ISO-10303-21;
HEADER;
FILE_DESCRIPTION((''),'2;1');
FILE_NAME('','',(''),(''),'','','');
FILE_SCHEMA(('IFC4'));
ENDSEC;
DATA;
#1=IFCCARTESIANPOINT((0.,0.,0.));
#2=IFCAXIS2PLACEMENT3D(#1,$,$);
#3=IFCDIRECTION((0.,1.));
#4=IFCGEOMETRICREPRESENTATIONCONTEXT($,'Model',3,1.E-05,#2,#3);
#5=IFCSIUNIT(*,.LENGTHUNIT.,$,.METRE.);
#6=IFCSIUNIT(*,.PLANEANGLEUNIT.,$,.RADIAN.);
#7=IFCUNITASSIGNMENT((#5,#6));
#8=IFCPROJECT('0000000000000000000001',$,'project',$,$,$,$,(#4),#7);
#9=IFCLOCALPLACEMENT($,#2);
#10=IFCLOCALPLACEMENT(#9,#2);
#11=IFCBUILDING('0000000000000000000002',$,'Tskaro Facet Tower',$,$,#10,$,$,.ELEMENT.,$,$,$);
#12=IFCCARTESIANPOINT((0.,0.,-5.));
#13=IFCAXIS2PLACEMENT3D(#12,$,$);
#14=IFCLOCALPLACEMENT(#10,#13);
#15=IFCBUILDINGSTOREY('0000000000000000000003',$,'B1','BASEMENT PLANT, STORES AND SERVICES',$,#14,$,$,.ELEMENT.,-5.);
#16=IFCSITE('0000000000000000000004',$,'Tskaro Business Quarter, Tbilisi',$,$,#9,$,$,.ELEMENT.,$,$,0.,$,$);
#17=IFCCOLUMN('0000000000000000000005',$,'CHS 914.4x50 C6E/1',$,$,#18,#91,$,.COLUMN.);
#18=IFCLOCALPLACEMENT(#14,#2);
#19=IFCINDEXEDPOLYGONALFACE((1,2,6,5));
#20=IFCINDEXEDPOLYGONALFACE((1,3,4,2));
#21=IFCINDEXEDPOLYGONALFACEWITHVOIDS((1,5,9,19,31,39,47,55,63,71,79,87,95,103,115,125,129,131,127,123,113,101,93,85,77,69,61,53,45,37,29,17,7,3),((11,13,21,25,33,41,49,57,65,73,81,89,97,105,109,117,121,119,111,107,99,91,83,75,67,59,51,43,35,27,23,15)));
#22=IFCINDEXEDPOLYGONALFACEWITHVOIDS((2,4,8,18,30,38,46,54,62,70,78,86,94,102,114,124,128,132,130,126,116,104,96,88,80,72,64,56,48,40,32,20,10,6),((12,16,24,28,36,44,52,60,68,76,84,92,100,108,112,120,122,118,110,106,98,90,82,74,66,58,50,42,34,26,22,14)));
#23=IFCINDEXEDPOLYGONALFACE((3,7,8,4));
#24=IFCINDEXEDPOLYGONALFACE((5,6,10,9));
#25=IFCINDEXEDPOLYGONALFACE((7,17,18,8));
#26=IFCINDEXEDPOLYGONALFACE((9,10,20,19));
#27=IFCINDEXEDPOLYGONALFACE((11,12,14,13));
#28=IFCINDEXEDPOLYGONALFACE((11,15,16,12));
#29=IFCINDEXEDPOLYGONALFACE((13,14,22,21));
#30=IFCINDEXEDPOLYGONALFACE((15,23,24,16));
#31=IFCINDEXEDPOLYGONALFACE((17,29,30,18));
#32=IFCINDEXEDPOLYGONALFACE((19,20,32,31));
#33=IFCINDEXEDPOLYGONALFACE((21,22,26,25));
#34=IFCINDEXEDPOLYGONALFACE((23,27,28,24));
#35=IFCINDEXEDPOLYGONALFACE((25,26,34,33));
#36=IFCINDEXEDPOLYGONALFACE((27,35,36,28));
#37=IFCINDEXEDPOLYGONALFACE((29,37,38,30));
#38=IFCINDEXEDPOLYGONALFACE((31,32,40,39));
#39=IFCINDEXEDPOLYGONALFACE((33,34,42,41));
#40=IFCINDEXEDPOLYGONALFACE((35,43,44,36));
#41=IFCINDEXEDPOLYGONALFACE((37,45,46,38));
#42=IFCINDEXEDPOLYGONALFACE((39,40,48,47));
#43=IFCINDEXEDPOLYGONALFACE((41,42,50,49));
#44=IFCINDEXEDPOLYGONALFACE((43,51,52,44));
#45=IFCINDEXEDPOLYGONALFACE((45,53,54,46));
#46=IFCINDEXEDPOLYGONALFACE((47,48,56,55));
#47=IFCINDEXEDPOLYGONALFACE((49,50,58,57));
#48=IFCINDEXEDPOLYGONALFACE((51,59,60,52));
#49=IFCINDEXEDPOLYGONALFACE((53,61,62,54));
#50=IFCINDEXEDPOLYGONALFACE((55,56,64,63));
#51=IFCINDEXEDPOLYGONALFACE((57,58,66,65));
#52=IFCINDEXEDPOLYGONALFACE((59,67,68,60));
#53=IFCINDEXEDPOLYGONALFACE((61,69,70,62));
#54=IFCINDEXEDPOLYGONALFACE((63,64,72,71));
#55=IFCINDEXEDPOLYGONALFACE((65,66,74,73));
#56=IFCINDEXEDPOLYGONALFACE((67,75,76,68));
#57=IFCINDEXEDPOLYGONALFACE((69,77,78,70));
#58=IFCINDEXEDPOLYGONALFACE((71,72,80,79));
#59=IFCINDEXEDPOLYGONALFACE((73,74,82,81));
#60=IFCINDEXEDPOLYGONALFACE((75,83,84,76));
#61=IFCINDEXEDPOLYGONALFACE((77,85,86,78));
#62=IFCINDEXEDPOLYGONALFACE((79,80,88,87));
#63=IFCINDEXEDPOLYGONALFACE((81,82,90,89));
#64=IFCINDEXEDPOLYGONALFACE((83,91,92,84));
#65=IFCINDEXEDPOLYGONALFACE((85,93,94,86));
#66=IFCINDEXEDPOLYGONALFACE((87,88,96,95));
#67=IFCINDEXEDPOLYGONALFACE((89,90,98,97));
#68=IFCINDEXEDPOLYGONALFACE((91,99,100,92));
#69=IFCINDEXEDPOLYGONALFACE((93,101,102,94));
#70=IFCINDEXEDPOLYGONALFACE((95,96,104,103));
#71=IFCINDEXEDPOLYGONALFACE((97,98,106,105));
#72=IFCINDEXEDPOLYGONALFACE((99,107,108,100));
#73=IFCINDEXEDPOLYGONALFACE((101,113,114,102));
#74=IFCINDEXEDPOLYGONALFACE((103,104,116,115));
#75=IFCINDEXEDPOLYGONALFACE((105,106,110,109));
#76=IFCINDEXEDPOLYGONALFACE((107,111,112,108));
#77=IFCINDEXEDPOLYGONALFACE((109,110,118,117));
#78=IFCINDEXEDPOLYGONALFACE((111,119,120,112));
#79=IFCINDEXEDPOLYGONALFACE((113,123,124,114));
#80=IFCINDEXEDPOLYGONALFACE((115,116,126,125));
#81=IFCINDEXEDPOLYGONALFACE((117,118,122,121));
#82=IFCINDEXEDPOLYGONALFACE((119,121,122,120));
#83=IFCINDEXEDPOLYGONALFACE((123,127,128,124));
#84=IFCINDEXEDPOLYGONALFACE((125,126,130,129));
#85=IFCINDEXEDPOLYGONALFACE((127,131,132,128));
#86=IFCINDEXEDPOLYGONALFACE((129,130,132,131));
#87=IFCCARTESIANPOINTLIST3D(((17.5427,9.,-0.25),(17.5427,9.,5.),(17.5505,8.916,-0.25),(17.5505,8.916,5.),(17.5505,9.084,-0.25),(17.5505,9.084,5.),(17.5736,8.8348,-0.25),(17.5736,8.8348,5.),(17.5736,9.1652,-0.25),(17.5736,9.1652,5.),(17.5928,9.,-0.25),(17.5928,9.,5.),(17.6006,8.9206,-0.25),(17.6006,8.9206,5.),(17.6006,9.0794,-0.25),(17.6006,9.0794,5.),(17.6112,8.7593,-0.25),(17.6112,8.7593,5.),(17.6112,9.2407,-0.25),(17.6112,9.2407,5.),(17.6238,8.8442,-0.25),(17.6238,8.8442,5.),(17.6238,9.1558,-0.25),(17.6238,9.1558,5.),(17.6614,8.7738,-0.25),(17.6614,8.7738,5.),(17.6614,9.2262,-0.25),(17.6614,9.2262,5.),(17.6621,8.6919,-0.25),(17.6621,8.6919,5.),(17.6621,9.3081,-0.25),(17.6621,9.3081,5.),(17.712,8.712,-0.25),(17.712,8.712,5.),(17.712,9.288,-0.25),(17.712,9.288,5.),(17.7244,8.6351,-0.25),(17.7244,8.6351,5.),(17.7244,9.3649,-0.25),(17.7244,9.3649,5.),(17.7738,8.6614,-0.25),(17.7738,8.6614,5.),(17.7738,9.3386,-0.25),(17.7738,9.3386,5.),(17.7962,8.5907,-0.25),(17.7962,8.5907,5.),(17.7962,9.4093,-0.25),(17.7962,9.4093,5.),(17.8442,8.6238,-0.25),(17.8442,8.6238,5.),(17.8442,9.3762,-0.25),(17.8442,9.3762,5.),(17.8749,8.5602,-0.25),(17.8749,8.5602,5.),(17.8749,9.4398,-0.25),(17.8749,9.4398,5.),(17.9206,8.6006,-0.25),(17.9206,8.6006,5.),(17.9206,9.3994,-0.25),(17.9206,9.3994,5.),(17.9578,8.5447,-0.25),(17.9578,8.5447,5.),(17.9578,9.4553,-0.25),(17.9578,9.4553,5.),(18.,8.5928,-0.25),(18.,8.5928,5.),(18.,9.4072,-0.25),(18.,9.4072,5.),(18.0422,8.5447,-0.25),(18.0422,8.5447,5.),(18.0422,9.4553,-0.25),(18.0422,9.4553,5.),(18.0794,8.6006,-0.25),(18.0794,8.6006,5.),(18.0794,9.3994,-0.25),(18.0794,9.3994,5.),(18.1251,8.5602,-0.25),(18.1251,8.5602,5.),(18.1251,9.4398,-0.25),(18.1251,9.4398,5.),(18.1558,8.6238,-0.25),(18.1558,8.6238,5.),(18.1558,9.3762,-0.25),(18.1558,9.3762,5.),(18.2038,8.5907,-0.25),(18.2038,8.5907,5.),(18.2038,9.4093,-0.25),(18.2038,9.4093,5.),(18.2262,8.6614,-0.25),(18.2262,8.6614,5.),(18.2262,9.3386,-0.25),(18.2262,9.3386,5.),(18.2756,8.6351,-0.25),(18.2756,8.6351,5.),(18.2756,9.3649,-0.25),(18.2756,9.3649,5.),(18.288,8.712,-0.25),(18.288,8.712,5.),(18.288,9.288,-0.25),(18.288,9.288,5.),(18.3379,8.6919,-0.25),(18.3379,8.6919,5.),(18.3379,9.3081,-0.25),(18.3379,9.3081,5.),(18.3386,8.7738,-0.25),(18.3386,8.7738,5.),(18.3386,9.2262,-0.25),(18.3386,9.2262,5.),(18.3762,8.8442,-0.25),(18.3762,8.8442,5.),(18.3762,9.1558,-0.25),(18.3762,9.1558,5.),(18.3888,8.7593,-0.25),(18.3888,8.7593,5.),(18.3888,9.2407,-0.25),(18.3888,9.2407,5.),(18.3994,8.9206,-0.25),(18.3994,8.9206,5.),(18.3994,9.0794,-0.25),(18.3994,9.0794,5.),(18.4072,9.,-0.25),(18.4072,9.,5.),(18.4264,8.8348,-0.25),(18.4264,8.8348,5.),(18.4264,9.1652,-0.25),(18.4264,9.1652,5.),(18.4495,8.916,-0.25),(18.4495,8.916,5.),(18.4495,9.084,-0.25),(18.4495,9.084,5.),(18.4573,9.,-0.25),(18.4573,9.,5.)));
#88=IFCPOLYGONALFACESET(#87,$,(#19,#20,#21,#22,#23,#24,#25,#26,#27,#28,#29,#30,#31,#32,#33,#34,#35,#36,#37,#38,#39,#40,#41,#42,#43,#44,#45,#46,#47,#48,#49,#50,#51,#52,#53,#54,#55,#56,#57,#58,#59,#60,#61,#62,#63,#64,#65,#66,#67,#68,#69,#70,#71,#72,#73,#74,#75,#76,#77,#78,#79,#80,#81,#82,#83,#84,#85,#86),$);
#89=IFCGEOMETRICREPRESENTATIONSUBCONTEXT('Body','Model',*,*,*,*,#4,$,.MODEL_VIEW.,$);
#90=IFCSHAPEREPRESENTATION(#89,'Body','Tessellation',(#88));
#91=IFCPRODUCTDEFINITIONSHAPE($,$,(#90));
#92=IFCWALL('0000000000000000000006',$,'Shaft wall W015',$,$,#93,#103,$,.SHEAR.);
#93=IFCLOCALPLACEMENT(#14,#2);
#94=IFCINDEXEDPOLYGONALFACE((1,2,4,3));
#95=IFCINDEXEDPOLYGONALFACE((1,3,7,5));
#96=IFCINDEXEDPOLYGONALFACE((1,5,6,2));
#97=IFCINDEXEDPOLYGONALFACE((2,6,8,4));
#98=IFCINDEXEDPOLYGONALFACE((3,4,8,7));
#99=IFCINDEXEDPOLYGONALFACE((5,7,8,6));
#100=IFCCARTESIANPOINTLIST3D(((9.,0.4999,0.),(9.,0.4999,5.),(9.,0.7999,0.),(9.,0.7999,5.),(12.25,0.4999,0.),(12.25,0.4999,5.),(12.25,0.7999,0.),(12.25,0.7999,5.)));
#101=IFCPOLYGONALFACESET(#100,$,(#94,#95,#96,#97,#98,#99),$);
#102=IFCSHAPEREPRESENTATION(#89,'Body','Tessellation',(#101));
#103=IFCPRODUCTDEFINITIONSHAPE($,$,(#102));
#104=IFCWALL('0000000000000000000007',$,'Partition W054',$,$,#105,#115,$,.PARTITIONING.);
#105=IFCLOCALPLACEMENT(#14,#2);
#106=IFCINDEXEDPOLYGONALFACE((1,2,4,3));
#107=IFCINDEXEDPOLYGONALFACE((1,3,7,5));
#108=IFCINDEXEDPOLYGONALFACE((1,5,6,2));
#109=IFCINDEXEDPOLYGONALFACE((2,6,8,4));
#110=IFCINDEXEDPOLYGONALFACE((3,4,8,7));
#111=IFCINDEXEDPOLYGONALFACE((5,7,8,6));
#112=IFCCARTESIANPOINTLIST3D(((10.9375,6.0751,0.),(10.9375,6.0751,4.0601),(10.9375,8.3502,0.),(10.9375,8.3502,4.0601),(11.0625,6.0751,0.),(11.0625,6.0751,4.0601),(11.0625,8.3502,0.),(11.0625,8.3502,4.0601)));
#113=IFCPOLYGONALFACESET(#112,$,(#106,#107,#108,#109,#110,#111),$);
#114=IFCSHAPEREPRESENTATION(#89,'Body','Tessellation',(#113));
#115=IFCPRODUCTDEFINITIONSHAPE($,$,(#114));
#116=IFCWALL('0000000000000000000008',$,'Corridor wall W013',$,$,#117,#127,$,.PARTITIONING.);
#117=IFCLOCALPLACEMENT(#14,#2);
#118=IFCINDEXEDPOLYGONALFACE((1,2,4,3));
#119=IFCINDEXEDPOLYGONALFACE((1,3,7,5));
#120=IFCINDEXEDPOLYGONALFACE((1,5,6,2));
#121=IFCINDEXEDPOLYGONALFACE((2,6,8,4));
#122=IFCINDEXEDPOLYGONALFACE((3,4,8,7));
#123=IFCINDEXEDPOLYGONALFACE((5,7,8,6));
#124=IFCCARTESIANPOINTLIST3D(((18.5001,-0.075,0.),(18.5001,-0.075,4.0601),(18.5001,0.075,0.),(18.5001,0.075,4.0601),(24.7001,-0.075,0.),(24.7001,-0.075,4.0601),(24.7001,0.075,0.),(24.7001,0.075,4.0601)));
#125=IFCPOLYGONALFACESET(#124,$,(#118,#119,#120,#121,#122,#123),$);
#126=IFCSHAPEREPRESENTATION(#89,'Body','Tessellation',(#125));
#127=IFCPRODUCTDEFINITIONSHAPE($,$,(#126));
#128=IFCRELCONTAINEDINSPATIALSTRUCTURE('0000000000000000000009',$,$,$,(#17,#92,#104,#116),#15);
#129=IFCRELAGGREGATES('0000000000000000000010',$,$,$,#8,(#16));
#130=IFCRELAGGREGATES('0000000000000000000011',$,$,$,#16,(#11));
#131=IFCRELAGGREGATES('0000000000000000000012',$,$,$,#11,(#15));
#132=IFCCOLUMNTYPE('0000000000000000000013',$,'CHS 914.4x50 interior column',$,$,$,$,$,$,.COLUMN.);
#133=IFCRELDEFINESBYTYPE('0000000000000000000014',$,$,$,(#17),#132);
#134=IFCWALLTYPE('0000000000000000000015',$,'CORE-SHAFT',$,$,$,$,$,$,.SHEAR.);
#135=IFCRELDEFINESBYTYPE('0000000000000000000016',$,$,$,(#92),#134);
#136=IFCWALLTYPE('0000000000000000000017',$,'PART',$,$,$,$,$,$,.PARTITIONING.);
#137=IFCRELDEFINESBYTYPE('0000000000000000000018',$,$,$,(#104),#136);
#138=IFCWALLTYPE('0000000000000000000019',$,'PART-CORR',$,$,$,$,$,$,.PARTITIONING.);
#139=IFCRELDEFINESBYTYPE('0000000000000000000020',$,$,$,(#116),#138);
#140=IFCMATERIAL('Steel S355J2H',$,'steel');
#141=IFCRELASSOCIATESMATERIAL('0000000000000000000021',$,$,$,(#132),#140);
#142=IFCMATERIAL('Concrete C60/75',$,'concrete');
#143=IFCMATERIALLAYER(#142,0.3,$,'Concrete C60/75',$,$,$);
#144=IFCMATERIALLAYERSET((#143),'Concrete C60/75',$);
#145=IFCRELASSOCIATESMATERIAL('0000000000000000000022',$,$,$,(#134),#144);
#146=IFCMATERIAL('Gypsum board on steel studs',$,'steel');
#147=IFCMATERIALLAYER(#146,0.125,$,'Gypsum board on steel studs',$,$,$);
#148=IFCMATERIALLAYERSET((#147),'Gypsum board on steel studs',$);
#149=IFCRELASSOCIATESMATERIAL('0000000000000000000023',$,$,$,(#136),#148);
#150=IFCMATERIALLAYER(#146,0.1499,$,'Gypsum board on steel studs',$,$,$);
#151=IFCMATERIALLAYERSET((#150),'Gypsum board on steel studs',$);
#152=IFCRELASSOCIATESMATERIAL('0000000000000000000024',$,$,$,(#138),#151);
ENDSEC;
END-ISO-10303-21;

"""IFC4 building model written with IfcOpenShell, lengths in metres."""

from ifc_helpers import new_model, si_unit, direction, frame, frame_2d, origin, origin_2d, place, context, subcontext, project, spatial, rectangle, hollow_circle, extrude, material, layer, layer_set, material_profile, profile_set, type_object, element, save


model = new_model("IFC4")

# Units and contexts
model_context = context("Model", 3, precision=1e-05, world=origin(), true_north=direction((0.0, 1.0)))
body_context = subcontext(model_context, "Body", "Model", "MODEL_VIEW")
ifc_project = project(units=[si_unit("LENGTHUNIT", "METRE"), si_unit("PLANEANGLEUNIT", "RADIAN")], contexts=[model_context])

# Site, building, storey
site_placement = place(None, origin())
site = spatial("IfcSite", under=ifc_project, at=site_placement, Name="Tskaro Business Quarter, Tbilisi", CompositionType="ELEMENT", RefElevation=0.0)
building_placement = place(site_placement, origin())
building = spatial("IfcBuilding", under=site, at=building_placement, Name="Tskaro Facet Tower", CompositionType="ELEMENT")
storey_placement = place(building_placement, frame((0.0, 0.0, -5.0)))
storey = spatial("IfcBuildingStorey", under=building, at=storey_placement, Name="B1", Description="BASEMENT PLANT, STORES AND SERVICES", CompositionType="ELEMENT", Elevation=-5.0)

# Column
ifc_material_1 = material(Name="Steel S355J2H", Category="steel")
ifc_material_profile_1 = material_profile(ifc_material_1, hollow_circle(Radius=0.4573, WallThickness=0.05, at=origin_2d()), Name="CHS 914.4x50")
ifc_profile_set_1 = profile_set([ifc_material_profile_1], Name="Steel S355J2H")
column_type_1 = type_object("IfcColumnType", Name="CHS 914.4x50 interior column", PredefinedType="COLUMN", material=ifc_profile_set_1)
for number, where, z_axis, x_axis, name in (
    (1, (18.0, 9.0, -0.25), (0.0, 0.0, 1.0), (1.0, 0.0, 0.0), "CHS 914.4x50 C6E/1"),
):
    element("IfcColumn", number, at=place(storey_placement, frame(where, z_axis=z_axis, x_axis=x_axis)), inside=storey, type_object=column_type_1, Name=name, PredefinedType="COLUMN", context=body_context, shape_type="SweptSolid", body=[
        extrude(hollow_circle(Radius=0.4573, WallThickness=0.05, at=origin_2d()), origin(), (0.0, 0.0, 1.0), 5.25),
    ])

# Walls
ifc_material_2 = material(Name="Concrete C60/75", Category="concrete")
ifc_layer_1 = layer(ifc_material_2, 0.3, Name="Concrete C60/75")
ifc_layer_set_1 = layer_set([ifc_layer_1], Name="Concrete C60/75")
wall_type_1 = type_object("IfcWallType", Name="CORE-SHAFT", PredefinedType="SHEAR", material=ifc_layer_set_1)
wall_1_placement = place(storey_placement, frame((12.25, 0.6499, 0.0), z_axis=(0.0, 0.0, 1.0), x_axis=(-1.0, 0.0, 0.0)))
element("IfcWall", 2, at=wall_1_placement, inside=storey, type_object=wall_type_1, Name="Shaft wall W015", PredefinedType="SHEAR", context=body_context, shape_type="SweptSolid", body=[
    extrude(rectangle(XDim=3.25, YDim=0.3, at=frame_2d((1.625, 0.0))), origin(), (0.0, 0.0, 1.0), 5.0),
])
ifc_material_3 = material(Name="Gypsum board on steel studs", Category="steel")
ifc_layer_2 = layer(ifc_material_3, 0.125, Name="Gypsum board on steel studs")
ifc_layer_set_2 = layer_set([ifc_layer_2], Name="Gypsum board on steel studs")
wall_type_2 = type_object("IfcWallType", Name="PART", PredefinedType="PARTITIONING", material=ifc_layer_set_2)
wall_2_placement = place(storey_placement, frame((11.0, 6.075, 0.0), z_axis=(0.0, 0.0, 1.0), x_axis=(0.0, 1.0, 0.0)))
element("IfcWall", 3, at=wall_2_placement, inside=storey, type_object=wall_type_2, Name="Partition W054", PredefinedType="PARTITIONING", context=body_context, shape_type="SweptSolid", body=[
    extrude(rectangle(XDim=2.2751, YDim=0.125, at=frame_2d((1.1377, 0.0))), origin(), (0.0, 0.0, 1.0), 4.0601),
])
ifc_layer_3 = layer(ifc_material_3, 0.1499, Name="Gypsum board on steel studs")
ifc_layer_set_3 = layer_set([ifc_layer_3], Name="Gypsum board on steel studs")
wall_type_3 = type_object("IfcWallType", Name="PART-CORR", PredefinedType="PARTITIONING", material=ifc_layer_set_3)
wall_3_placement = place(storey_placement, frame((18.5, 0.0, 0.0), z_axis=(0.0, 0.0, 1.0), x_axis=(1.0, 0.0, 0.0)))
element("IfcWall", 4, at=wall_3_placement, inside=storey, type_object=wall_type_3, Name="Corridor wall W013", PredefinedType="PARTITIONING", context=body_context, shape_type="SweptSolid", body=[
    extrude(rectangle(XDim=6.2, YDim=0.1499, at=frame_2d((3.1001, 0.0))), origin(), (0.0, 0.0, 1.0), 4.0601),
])

save(model, "model.ifc")
